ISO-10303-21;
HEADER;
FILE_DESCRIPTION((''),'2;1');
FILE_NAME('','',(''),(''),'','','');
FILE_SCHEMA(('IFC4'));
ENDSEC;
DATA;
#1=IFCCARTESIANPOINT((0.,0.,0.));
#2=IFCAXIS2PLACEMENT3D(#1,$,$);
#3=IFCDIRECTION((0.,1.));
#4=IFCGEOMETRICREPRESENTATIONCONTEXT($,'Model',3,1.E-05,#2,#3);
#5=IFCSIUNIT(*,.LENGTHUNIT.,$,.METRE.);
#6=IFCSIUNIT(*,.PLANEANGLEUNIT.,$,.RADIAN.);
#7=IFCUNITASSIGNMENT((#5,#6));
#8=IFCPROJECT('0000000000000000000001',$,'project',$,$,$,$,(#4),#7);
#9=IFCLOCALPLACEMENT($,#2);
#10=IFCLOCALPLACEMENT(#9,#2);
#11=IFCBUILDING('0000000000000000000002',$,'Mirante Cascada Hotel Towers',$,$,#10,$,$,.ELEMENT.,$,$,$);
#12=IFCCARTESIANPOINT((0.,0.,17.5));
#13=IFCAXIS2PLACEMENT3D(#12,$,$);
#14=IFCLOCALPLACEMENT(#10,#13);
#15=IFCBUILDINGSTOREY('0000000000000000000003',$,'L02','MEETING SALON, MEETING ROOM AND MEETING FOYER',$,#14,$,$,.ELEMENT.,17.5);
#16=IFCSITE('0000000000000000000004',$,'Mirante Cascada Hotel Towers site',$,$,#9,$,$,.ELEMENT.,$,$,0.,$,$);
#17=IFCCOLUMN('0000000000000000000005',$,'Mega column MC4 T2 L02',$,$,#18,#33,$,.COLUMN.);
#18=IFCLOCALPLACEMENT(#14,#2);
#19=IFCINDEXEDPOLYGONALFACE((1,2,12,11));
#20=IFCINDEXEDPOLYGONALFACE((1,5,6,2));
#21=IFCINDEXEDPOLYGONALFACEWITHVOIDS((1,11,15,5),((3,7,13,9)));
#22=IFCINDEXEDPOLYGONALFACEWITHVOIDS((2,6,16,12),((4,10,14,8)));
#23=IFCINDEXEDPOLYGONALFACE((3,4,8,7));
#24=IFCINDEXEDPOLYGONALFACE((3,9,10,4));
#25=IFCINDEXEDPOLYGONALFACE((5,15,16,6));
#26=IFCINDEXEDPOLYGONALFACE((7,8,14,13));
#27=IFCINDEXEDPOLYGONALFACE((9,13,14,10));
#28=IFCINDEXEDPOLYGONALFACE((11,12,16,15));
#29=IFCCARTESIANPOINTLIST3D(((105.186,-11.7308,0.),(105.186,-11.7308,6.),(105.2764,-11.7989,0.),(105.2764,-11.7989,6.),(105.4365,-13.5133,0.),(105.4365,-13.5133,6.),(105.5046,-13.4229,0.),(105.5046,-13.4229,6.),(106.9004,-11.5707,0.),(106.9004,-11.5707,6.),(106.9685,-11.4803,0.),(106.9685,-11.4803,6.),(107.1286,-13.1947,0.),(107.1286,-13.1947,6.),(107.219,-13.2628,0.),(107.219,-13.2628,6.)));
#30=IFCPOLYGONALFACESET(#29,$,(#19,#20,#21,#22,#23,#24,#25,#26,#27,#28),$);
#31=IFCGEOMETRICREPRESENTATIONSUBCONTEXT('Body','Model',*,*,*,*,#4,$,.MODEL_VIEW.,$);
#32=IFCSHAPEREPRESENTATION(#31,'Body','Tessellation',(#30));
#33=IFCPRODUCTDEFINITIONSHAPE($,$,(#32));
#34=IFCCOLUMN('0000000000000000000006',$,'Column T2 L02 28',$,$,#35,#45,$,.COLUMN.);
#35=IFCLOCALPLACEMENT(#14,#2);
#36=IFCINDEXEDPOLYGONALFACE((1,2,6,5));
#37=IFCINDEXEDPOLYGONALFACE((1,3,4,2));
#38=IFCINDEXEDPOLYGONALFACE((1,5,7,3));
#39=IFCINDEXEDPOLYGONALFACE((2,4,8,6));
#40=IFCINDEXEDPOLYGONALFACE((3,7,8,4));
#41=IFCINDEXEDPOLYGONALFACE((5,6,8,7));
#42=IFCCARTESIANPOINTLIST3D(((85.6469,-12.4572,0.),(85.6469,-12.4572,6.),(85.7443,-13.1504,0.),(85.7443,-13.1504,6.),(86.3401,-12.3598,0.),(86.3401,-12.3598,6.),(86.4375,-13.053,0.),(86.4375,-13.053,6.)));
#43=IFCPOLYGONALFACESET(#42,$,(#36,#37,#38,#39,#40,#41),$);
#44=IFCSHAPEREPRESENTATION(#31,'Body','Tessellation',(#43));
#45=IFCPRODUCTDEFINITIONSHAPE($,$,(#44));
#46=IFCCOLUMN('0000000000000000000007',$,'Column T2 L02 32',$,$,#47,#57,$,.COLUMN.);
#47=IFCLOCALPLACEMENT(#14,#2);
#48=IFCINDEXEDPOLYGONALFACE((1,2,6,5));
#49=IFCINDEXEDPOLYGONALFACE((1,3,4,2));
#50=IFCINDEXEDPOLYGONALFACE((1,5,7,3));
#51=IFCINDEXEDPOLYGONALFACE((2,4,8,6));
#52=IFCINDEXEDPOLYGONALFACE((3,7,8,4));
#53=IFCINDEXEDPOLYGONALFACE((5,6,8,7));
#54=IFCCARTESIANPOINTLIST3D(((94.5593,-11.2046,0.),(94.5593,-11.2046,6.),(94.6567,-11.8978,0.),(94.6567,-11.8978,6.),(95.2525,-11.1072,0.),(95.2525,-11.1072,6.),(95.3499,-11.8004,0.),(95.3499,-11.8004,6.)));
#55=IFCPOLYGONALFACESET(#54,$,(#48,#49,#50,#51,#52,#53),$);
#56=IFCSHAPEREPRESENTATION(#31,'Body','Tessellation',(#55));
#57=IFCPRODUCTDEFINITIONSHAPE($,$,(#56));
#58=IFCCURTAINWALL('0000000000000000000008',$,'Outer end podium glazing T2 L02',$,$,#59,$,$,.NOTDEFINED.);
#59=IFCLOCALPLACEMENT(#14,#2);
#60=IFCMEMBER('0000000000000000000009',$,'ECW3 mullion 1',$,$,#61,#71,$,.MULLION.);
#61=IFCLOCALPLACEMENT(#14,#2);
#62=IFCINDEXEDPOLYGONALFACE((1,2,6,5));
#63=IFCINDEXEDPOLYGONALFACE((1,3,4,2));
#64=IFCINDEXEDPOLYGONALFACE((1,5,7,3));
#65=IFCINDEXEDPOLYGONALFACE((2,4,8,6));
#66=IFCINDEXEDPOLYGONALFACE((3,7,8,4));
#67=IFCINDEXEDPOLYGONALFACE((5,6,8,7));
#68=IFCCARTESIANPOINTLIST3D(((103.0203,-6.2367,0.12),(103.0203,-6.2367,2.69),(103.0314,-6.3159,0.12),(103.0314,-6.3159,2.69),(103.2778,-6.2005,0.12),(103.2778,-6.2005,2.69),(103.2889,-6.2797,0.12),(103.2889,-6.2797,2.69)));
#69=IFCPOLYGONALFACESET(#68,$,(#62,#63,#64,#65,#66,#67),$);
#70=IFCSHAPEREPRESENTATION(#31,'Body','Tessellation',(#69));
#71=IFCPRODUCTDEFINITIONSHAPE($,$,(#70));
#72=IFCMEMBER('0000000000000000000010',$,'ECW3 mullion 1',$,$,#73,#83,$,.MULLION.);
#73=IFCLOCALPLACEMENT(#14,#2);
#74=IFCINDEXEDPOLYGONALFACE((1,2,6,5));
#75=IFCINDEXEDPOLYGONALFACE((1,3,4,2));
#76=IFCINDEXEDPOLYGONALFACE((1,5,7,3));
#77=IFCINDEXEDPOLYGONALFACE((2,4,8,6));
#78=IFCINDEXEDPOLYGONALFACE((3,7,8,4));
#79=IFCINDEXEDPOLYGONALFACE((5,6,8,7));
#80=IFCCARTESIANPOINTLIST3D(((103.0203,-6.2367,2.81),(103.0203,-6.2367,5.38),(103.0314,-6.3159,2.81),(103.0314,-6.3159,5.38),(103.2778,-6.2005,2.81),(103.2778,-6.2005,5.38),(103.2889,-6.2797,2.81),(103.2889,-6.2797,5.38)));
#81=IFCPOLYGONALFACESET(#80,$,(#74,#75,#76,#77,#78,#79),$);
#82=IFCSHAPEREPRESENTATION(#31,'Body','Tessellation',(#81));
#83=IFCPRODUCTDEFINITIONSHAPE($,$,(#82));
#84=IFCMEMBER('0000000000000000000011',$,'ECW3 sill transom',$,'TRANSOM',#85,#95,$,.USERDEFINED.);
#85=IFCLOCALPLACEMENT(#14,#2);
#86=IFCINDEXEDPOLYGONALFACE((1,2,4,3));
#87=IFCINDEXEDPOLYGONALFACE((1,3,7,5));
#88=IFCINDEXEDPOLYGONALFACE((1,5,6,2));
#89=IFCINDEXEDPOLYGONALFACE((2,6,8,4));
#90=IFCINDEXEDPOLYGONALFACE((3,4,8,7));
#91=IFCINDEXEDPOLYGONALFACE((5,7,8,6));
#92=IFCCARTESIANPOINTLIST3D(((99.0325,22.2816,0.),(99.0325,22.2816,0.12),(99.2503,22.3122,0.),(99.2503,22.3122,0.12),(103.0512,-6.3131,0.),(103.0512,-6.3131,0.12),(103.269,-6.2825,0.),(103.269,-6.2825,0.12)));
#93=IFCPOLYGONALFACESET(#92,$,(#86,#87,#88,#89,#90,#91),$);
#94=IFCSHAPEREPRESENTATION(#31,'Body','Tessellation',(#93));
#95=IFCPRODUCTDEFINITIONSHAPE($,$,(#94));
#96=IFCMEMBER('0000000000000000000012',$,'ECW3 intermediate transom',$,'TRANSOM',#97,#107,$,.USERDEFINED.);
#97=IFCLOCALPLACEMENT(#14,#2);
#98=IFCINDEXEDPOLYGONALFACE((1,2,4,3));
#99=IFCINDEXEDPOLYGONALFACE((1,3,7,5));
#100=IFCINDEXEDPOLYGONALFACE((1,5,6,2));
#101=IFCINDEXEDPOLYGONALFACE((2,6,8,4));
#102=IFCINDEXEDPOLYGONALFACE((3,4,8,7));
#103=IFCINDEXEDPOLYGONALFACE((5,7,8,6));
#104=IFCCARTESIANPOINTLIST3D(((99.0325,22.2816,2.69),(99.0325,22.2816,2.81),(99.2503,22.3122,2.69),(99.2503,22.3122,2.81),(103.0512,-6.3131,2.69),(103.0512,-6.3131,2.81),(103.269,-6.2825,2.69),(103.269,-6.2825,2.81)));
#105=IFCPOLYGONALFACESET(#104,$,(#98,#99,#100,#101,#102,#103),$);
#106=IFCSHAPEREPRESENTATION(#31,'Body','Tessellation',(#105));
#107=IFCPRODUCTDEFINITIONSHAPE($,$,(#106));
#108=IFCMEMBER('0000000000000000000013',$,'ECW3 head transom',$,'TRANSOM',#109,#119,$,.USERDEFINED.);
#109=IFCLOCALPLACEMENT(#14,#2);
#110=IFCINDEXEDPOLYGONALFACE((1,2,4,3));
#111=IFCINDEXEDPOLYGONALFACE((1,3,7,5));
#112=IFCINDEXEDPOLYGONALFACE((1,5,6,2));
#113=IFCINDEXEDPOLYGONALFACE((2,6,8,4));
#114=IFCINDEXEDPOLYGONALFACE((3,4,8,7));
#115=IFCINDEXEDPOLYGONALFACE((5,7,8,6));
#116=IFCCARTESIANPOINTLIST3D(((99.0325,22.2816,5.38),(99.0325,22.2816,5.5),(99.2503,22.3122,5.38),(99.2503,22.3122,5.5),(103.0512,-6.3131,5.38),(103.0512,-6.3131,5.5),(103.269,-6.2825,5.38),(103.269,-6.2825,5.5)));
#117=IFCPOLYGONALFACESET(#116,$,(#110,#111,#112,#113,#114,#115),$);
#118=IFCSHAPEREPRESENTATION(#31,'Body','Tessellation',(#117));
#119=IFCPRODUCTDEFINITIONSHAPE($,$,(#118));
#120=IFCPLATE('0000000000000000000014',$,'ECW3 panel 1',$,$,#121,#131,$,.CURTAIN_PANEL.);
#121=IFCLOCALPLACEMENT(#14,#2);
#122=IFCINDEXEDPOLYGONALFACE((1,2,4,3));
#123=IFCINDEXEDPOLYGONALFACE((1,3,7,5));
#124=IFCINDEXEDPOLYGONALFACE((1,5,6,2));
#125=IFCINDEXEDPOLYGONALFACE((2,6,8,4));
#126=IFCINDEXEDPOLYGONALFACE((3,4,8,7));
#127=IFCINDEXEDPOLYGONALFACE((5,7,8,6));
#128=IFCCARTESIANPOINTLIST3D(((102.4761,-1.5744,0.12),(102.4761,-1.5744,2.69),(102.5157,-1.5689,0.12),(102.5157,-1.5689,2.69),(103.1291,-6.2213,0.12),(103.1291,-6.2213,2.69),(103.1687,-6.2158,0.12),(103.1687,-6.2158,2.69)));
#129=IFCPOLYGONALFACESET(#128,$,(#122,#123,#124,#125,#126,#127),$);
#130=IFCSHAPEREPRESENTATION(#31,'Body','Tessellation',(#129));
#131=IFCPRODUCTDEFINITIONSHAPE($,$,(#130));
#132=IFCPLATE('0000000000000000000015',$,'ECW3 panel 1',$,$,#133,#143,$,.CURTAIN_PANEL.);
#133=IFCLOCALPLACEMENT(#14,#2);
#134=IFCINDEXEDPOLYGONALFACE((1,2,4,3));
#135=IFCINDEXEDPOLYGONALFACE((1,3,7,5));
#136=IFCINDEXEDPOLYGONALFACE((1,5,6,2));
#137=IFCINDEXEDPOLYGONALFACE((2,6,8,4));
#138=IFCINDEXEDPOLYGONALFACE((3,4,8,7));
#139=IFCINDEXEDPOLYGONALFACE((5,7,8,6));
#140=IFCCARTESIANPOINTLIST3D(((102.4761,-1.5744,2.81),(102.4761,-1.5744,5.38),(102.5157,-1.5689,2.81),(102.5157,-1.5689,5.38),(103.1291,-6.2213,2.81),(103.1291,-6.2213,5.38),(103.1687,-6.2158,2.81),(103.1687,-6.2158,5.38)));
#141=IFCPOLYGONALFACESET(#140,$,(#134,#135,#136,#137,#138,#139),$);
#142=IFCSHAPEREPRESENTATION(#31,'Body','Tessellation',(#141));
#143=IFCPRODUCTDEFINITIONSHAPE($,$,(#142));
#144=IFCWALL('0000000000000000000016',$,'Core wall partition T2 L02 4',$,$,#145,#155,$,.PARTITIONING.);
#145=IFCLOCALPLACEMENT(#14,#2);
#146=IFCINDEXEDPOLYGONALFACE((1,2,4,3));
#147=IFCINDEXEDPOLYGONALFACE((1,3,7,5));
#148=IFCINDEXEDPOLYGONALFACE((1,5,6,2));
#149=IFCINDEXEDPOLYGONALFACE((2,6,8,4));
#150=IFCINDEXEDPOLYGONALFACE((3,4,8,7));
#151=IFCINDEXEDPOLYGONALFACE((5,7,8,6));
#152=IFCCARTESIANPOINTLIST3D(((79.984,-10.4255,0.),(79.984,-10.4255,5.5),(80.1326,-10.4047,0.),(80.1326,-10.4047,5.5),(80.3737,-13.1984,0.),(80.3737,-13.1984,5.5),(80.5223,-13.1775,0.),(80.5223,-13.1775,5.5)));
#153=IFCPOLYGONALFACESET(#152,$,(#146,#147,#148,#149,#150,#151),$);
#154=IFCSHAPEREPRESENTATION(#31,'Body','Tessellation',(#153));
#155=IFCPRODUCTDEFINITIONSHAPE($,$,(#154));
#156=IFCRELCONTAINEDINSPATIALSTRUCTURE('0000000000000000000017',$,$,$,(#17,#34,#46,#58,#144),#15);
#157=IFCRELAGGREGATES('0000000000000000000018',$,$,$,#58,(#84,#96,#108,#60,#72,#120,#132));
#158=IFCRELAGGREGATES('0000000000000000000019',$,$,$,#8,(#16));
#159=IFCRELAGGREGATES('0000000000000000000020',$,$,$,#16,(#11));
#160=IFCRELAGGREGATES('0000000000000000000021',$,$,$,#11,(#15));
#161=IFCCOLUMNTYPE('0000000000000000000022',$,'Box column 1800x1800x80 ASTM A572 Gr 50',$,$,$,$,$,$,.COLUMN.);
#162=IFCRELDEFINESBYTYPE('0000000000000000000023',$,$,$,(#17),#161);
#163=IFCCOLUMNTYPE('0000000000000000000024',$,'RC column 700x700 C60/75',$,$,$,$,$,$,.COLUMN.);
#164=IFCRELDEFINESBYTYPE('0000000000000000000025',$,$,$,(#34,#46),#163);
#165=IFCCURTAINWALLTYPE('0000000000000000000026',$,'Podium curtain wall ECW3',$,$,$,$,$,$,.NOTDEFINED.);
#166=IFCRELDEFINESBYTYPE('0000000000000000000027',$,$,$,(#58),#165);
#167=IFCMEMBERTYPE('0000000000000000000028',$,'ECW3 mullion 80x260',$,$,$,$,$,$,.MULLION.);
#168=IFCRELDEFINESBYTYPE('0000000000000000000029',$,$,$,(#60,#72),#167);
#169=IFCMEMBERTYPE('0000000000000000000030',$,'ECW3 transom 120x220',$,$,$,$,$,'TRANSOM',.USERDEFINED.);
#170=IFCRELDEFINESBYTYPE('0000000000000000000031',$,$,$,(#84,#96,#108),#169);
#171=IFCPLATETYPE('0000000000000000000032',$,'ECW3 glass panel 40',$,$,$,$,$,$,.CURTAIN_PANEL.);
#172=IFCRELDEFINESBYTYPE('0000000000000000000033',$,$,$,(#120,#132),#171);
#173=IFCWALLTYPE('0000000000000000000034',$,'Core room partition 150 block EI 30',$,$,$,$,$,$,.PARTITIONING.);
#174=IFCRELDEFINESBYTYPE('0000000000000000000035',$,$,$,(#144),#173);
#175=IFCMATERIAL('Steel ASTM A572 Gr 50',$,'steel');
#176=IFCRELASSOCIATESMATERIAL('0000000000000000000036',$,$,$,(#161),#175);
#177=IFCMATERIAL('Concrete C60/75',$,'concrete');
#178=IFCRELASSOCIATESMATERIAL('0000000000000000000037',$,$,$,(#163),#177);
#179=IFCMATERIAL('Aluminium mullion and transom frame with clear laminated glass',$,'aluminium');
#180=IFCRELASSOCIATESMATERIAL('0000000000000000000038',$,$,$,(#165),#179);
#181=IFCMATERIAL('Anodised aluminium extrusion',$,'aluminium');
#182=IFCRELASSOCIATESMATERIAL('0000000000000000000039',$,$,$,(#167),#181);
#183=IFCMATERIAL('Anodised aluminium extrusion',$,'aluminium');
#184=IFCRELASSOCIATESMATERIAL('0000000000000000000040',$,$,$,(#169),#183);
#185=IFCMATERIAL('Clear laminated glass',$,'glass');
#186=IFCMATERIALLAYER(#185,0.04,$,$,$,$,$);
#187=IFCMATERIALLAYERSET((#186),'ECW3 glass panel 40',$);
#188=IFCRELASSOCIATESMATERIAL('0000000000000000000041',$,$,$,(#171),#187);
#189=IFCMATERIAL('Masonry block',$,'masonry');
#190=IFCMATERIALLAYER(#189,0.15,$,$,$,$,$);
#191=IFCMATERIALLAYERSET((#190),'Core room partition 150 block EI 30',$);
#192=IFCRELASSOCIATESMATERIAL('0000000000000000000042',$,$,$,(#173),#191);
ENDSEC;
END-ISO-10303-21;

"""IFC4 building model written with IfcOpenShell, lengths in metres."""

from ifc_helpers import new_model, si_unit, direction, frame, frame_2d, origin, origin_2d, place, context, subcontext, project, spatial, rectangle, hollow_rectangle, extrude, material, layer, layer_set, material_profile, profile_set, type_object, element, aggregate, save


model = new_model("IFC4")

# Units and contexts
model_context = context("Model", 3, precision=1e-05, world=origin(), true_north=direction((0.0, 1.0)))
body_context = subcontext(model_context, "Body", "Model", "MODEL_VIEW")
ifc_project = project(units=[si_unit("LENGTHUNIT", "METRE"), si_unit("PLANEANGLEUNIT", "RADIAN")], contexts=[model_context])

# Site, building, storey
site_placement = place(None, origin())
site = spatial("IfcSite", under=ifc_project, at=site_placement, Name="Mirante Cascada Hotel Towers site", CompositionType="ELEMENT", RefElevation=0.0)
building_placement = place(site_placement, origin())
building = spatial("IfcBuilding", under=site, at=building_placement, Name="Mirante Cascada Hotel Towers", CompositionType="ELEMENT")
storey_placement = place(building_placement, frame((0.0, 0.0, 17.5)))
storey = spatial("IfcBuildingStorey", under=building, at=storey_placement, Name="L02", Description="MEETING SALON, MEETING ROOM AND MEETING FOYER", CompositionType="ELEMENT", Elevation=17.5)

# Columns
ifc_material_1 = material(Name="Steel ASTM A572 Gr 50", Category="steel")
ifc_material_profile_1 = material_profile(ifc_material_1, hollow_rectangle(XDim=1.8, YDim=1.8, WallThickness=0.08, at=origin_2d()), Name="Box column 1800x1800x80 ASTM A572 Gr 50")
ifc_profile_set_1 = profile_set([ifc_material_profile_1], Name="Steel ASTM A572 Gr 50")
column_type_1 = type_object("IfcColumnType", Name="Box column 1800x1800x80 ASTM A572 Gr 50", PredefinedType="COLUMN", material=ifc_profile_set_1)
column_placement = place(storey_placement, frame((106.2025, -12.4968, 0.0), z_axis=(0.0, 0.0, 1.0), x_axis=(0.990268, 0.139173, 0.0)))
element("IfcColumn", 1, at=column_placement, inside=storey, type_object=column_type_1, Name="Mega column MC4 T2 L02", PredefinedType="COLUMN", context=body_context, shape_type="SweptSolid", body=[
    extrude(hollow_rectangle(XDim=1.8, YDim=1.8, WallThickness=0.08, at=origin_2d()), origin(), (0.0, 0.0, 1.0), 6.0),
])
ifc_material_2 = material(Name="Concrete C60/75", Category="concrete")
ifc_material_profile_2 = material_profile(ifc_material_2, rectangle(XDim=0.7, YDim=0.7, at=origin_2d()), Name="RC column 700x700 C60/75")
ifc_profile_set_2 = profile_set([ifc_material_profile_2], Name="Concrete C60/75")
column_type_2 = type_object("IfcColumnType", Name="RC column 700x700 C60/75", PredefinedType="COLUMN", material=ifc_profile_set_2)
for number, where, z_axis, x_axis, name in (
    (2, (86.0422, -12.7551, 0.0), (0.0, 0.0, 1.0), (0.990268, 0.139173, 0.0), "Column T2 L02 28"),
    (3, (94.9546, -11.5025, 0.0), (0.0, 0.0, 1.0), (0.990268, 0.139173, 0.0), "Column T2 L02 32"),
):
    element("IfcColumn", number, at=place(storey_placement, frame(where, z_axis=z_axis, x_axis=x_axis)), inside=storey, type_object=column_type_2, Name=name, PredefinedType="COLUMN", context=body_context, shape_type="SweptSolid", body=[
        extrude(rectangle(XDim=0.7, YDim=0.7, at=origin_2d()), origin(), (0.0, 0.0, 1.0), 6.0),
    ])

# Curtain wall, members, plates
ifc_material_3 = material(Name="Aluminium mullion and transom frame with clear laminated glass", Category="aluminium")
curtain_wall_type = type_object("IfcCurtainWallType", Name="Podium curtain wall ECW3", PredefinedType="NOTDEFINED", material=ifc_material_3)
curtain_wall_placement = place(storey_placement, origin())
curtain_wall = element("IfcCurtainWall", 4, at=curtain_wall_placement, inside=storey, type_object=curtain_wall_type, Name="Outer end podium glazing T2 L02", PredefinedType="NOTDEFINED")
ifc_material_4 = material(Name="Anodised aluminium extrusion", Category="aluminium")
ifc_material_profile_3 = material_profile(ifc_material_4, rectangle(XDim=0.26, YDim=0.08, at=origin_2d()), Name="ECW3 MULLION 80x260")
ifc_profile_set_3 = profile_set([ifc_material_profile_3], Name="Anodised aluminium extrusion")
member_type_1 = type_object("IfcMemberType", Name="ECW3 mullion 80x260", PredefinedType="MULLION", material=ifc_profile_set_3)
member_1_placement = place(storey_placement, frame((103.1546, -6.2582, 0.12), z_axis=(0.0, 0.0, 1.0), x_axis=(-0.990268, -0.139173, 0.0)))
member_1 = element("IfcMember", 5, at=member_1_placement, type_object=member_type_1, Name="ECW3 mullion 1", PredefinedType="MULLION", context=body_context, shape_type="SweptSolid", body=[
    extrude(rectangle(XDim=0.26, YDim=0.08, at=origin_2d()), origin(), (0.0, 0.0, 1.0), 2.57),
])
member_2_placement = place(storey_placement, frame((103.1546, -6.2582, 2.81), z_axis=(0.0, 0.0, 1.0), x_axis=(-0.990268, -0.139173, 0.0)))
member_2 = element("IfcMember", 6, at=member_2_placement, type_object=member_type_1, Name="ECW3 mullion 1", PredefinedType="MULLION", context=body_context, shape_type="SweptSolid", body=[
    extrude(rectangle(XDim=0.26, YDim=0.08, at=origin_2d()), origin(), (0.0, 0.0, 1.0), 2.57),
])
ifc_material_5 = material(Name="Anodised aluminium extrusion", Category="aluminium")
ifc_material_profile_4 = material_profile(ifc_material_5, rectangle(XDim=0.22, YDim=0.12, at=origin_2d()), Name="ECW3 TRANSOM 120x220")
ifc_profile_set_4 = profile_set([ifc_material_profile_4], Name="Anodised aluminium extrusion")
member_type_2 = type_object("IfcMemberType", Name="ECW3 transom 120x220", ElementType="TRANSOM", PredefinedType="USERDEFINED", material=ifc_profile_set_4)
member_3_placement = place(storey_placement, frame((103.1601, -6.2978, 0.06), z_axis=(-0.139172, 0.990268, 0.0), x_axis=(-0.990268, -0.139172, 0.0)))
member_3 = element("IfcMember", 7, at=member_3_placement, type_object=member_type_2, Name="ECW3 sill transom", ObjectType="TRANSOM", PredefinedType="USERDEFINED", context=body_context, shape_type="SweptSolid", body=[
    extrude(rectangle(XDim=0.22, YDim=0.12, at=origin_2d()), origin(), (0.0, 0.0, 1.0), 28.8757),
])
member_4_placement = place(storey_placement, frame((103.1601, -6.2978, 2.75), z_axis=(-0.139172, 0.990268, 0.0), x_axis=(-0.990268, -0.139172, 0.0)))
member_4 = element("IfcMember", 8, at=member_4_placement, type_object=member_type_2, Name="ECW3 intermediate transom", ObjectType="TRANSOM", PredefinedType="USERDEFINED", context=body_context, shape_type="SweptSolid", body=[
    extrude(rectangle(XDim=0.22, YDim=0.12, at=origin_2d()), origin(), (0.0, 0.0, 1.0), 28.8757),
])
member_5_placement = place(storey_placement, frame((103.1601, -6.2978, 5.44), z_axis=(-0.139172, 0.990268, 0.0), x_axis=(-0.990268, -0.139172, 0.0)))
member_5 = element("IfcMember", 9, at=member_5_placement, type_object=member_type_2, Name="ECW3 head transom", ObjectType="TRANSOM", PredefinedType="USERDEFINED", context=body_context, shape_type="SweptSolid", body=[
    extrude(rectangle(XDim=0.22, YDim=0.12, at=origin_2d()), origin(), (0.0, 0.0, 1.0), 28.8757),
])
ifc_material_6 = material(Name="Clear laminated glass", Category="glass")
ifc_layer_1 = layer(ifc_material_6, 0.04)
ifc_layer_set_1 = layer_set([ifc_layer_1], Name="ECW3 glass panel 40")
plate_type = type_object("IfcPlateType", Name="ECW3 glass panel 40", PredefinedType="CURTAIN_PANEL", material=ifc_layer_set_1)
plate_1_placement = place(storey_placement, frame((102.8224, -3.8951, 0.12), z_axis=(0.0, 0.0, 1.0), x_axis=(-0.139173, 0.990268, 0.0)))
plate_1 = element("IfcPlate", 10, at=plate_1_placement, type_object=plate_type, Name="ECW3 panel 1", PredefinedType="CURTAIN_PANEL", context=body_context, shape_type="SweptSolid", body=[
    extrude(rectangle(XDim=4.6926, YDim=0.04, at=origin_2d()), origin(), (0.0, 0.0, 1.0), 2.57),
])
plate_2_placement = place(storey_placement, frame((102.8224, -3.8951, 2.81), z_axis=(0.0, 0.0, 1.0), x_axis=(-0.139173, 0.990268, 0.0)))
plate_2 = element("IfcPlate", 11, at=plate_2_placement, type_object=plate_type, Name="ECW3 panel 1", PredefinedType="CURTAIN_PANEL", context=body_context, shape_type="SweptSolid", body=[
    extrude(rectangle(XDim=4.6926, YDim=0.04, at=origin_2d()), origin(), (0.0, 0.0, 1.0), 2.57),
])
aggregate(curtain_wall, [member_3, member_4, member_5, member_1, member_2, plate_1, plate_2])

# Wall
ifc_material_7 = material(Name="Masonry block", Category="masonry")
ifc_layer_2 = layer(ifc_material_7, 0.15)
ifc_layer_set_2 = layer_set([ifc_layer_2], Name="Core room partition 150 block EI 30")
wall_type_1 = type_object("IfcWallType", Name="Core room partition 150 block EI 30", PredefinedType="PARTITIONING", material=ifc_layer_set_2)
wall_1_placement = place(storey_placement, frame((80.448, -13.1879, 0.0), z_axis=(0.0, 0.0, 1.0), x_axis=(-0.139176, 0.990268, 0.0)))
element("IfcWall", 12, at=wall_1_placement, inside=storey, type_object=wall_type_1, Name="Core wall partition T2 L02 4", PredefinedType="PARTITIONING", context=body_context, shape_type="SweptSolid", body=[
    extrude(rectangle(XDim=2.8001, YDim=0.15, at=frame_2d((1.4, 0.0))), origin(), (0.0, 0.0, 1.0), 5.5),
])

save(model, "model.ifc")
